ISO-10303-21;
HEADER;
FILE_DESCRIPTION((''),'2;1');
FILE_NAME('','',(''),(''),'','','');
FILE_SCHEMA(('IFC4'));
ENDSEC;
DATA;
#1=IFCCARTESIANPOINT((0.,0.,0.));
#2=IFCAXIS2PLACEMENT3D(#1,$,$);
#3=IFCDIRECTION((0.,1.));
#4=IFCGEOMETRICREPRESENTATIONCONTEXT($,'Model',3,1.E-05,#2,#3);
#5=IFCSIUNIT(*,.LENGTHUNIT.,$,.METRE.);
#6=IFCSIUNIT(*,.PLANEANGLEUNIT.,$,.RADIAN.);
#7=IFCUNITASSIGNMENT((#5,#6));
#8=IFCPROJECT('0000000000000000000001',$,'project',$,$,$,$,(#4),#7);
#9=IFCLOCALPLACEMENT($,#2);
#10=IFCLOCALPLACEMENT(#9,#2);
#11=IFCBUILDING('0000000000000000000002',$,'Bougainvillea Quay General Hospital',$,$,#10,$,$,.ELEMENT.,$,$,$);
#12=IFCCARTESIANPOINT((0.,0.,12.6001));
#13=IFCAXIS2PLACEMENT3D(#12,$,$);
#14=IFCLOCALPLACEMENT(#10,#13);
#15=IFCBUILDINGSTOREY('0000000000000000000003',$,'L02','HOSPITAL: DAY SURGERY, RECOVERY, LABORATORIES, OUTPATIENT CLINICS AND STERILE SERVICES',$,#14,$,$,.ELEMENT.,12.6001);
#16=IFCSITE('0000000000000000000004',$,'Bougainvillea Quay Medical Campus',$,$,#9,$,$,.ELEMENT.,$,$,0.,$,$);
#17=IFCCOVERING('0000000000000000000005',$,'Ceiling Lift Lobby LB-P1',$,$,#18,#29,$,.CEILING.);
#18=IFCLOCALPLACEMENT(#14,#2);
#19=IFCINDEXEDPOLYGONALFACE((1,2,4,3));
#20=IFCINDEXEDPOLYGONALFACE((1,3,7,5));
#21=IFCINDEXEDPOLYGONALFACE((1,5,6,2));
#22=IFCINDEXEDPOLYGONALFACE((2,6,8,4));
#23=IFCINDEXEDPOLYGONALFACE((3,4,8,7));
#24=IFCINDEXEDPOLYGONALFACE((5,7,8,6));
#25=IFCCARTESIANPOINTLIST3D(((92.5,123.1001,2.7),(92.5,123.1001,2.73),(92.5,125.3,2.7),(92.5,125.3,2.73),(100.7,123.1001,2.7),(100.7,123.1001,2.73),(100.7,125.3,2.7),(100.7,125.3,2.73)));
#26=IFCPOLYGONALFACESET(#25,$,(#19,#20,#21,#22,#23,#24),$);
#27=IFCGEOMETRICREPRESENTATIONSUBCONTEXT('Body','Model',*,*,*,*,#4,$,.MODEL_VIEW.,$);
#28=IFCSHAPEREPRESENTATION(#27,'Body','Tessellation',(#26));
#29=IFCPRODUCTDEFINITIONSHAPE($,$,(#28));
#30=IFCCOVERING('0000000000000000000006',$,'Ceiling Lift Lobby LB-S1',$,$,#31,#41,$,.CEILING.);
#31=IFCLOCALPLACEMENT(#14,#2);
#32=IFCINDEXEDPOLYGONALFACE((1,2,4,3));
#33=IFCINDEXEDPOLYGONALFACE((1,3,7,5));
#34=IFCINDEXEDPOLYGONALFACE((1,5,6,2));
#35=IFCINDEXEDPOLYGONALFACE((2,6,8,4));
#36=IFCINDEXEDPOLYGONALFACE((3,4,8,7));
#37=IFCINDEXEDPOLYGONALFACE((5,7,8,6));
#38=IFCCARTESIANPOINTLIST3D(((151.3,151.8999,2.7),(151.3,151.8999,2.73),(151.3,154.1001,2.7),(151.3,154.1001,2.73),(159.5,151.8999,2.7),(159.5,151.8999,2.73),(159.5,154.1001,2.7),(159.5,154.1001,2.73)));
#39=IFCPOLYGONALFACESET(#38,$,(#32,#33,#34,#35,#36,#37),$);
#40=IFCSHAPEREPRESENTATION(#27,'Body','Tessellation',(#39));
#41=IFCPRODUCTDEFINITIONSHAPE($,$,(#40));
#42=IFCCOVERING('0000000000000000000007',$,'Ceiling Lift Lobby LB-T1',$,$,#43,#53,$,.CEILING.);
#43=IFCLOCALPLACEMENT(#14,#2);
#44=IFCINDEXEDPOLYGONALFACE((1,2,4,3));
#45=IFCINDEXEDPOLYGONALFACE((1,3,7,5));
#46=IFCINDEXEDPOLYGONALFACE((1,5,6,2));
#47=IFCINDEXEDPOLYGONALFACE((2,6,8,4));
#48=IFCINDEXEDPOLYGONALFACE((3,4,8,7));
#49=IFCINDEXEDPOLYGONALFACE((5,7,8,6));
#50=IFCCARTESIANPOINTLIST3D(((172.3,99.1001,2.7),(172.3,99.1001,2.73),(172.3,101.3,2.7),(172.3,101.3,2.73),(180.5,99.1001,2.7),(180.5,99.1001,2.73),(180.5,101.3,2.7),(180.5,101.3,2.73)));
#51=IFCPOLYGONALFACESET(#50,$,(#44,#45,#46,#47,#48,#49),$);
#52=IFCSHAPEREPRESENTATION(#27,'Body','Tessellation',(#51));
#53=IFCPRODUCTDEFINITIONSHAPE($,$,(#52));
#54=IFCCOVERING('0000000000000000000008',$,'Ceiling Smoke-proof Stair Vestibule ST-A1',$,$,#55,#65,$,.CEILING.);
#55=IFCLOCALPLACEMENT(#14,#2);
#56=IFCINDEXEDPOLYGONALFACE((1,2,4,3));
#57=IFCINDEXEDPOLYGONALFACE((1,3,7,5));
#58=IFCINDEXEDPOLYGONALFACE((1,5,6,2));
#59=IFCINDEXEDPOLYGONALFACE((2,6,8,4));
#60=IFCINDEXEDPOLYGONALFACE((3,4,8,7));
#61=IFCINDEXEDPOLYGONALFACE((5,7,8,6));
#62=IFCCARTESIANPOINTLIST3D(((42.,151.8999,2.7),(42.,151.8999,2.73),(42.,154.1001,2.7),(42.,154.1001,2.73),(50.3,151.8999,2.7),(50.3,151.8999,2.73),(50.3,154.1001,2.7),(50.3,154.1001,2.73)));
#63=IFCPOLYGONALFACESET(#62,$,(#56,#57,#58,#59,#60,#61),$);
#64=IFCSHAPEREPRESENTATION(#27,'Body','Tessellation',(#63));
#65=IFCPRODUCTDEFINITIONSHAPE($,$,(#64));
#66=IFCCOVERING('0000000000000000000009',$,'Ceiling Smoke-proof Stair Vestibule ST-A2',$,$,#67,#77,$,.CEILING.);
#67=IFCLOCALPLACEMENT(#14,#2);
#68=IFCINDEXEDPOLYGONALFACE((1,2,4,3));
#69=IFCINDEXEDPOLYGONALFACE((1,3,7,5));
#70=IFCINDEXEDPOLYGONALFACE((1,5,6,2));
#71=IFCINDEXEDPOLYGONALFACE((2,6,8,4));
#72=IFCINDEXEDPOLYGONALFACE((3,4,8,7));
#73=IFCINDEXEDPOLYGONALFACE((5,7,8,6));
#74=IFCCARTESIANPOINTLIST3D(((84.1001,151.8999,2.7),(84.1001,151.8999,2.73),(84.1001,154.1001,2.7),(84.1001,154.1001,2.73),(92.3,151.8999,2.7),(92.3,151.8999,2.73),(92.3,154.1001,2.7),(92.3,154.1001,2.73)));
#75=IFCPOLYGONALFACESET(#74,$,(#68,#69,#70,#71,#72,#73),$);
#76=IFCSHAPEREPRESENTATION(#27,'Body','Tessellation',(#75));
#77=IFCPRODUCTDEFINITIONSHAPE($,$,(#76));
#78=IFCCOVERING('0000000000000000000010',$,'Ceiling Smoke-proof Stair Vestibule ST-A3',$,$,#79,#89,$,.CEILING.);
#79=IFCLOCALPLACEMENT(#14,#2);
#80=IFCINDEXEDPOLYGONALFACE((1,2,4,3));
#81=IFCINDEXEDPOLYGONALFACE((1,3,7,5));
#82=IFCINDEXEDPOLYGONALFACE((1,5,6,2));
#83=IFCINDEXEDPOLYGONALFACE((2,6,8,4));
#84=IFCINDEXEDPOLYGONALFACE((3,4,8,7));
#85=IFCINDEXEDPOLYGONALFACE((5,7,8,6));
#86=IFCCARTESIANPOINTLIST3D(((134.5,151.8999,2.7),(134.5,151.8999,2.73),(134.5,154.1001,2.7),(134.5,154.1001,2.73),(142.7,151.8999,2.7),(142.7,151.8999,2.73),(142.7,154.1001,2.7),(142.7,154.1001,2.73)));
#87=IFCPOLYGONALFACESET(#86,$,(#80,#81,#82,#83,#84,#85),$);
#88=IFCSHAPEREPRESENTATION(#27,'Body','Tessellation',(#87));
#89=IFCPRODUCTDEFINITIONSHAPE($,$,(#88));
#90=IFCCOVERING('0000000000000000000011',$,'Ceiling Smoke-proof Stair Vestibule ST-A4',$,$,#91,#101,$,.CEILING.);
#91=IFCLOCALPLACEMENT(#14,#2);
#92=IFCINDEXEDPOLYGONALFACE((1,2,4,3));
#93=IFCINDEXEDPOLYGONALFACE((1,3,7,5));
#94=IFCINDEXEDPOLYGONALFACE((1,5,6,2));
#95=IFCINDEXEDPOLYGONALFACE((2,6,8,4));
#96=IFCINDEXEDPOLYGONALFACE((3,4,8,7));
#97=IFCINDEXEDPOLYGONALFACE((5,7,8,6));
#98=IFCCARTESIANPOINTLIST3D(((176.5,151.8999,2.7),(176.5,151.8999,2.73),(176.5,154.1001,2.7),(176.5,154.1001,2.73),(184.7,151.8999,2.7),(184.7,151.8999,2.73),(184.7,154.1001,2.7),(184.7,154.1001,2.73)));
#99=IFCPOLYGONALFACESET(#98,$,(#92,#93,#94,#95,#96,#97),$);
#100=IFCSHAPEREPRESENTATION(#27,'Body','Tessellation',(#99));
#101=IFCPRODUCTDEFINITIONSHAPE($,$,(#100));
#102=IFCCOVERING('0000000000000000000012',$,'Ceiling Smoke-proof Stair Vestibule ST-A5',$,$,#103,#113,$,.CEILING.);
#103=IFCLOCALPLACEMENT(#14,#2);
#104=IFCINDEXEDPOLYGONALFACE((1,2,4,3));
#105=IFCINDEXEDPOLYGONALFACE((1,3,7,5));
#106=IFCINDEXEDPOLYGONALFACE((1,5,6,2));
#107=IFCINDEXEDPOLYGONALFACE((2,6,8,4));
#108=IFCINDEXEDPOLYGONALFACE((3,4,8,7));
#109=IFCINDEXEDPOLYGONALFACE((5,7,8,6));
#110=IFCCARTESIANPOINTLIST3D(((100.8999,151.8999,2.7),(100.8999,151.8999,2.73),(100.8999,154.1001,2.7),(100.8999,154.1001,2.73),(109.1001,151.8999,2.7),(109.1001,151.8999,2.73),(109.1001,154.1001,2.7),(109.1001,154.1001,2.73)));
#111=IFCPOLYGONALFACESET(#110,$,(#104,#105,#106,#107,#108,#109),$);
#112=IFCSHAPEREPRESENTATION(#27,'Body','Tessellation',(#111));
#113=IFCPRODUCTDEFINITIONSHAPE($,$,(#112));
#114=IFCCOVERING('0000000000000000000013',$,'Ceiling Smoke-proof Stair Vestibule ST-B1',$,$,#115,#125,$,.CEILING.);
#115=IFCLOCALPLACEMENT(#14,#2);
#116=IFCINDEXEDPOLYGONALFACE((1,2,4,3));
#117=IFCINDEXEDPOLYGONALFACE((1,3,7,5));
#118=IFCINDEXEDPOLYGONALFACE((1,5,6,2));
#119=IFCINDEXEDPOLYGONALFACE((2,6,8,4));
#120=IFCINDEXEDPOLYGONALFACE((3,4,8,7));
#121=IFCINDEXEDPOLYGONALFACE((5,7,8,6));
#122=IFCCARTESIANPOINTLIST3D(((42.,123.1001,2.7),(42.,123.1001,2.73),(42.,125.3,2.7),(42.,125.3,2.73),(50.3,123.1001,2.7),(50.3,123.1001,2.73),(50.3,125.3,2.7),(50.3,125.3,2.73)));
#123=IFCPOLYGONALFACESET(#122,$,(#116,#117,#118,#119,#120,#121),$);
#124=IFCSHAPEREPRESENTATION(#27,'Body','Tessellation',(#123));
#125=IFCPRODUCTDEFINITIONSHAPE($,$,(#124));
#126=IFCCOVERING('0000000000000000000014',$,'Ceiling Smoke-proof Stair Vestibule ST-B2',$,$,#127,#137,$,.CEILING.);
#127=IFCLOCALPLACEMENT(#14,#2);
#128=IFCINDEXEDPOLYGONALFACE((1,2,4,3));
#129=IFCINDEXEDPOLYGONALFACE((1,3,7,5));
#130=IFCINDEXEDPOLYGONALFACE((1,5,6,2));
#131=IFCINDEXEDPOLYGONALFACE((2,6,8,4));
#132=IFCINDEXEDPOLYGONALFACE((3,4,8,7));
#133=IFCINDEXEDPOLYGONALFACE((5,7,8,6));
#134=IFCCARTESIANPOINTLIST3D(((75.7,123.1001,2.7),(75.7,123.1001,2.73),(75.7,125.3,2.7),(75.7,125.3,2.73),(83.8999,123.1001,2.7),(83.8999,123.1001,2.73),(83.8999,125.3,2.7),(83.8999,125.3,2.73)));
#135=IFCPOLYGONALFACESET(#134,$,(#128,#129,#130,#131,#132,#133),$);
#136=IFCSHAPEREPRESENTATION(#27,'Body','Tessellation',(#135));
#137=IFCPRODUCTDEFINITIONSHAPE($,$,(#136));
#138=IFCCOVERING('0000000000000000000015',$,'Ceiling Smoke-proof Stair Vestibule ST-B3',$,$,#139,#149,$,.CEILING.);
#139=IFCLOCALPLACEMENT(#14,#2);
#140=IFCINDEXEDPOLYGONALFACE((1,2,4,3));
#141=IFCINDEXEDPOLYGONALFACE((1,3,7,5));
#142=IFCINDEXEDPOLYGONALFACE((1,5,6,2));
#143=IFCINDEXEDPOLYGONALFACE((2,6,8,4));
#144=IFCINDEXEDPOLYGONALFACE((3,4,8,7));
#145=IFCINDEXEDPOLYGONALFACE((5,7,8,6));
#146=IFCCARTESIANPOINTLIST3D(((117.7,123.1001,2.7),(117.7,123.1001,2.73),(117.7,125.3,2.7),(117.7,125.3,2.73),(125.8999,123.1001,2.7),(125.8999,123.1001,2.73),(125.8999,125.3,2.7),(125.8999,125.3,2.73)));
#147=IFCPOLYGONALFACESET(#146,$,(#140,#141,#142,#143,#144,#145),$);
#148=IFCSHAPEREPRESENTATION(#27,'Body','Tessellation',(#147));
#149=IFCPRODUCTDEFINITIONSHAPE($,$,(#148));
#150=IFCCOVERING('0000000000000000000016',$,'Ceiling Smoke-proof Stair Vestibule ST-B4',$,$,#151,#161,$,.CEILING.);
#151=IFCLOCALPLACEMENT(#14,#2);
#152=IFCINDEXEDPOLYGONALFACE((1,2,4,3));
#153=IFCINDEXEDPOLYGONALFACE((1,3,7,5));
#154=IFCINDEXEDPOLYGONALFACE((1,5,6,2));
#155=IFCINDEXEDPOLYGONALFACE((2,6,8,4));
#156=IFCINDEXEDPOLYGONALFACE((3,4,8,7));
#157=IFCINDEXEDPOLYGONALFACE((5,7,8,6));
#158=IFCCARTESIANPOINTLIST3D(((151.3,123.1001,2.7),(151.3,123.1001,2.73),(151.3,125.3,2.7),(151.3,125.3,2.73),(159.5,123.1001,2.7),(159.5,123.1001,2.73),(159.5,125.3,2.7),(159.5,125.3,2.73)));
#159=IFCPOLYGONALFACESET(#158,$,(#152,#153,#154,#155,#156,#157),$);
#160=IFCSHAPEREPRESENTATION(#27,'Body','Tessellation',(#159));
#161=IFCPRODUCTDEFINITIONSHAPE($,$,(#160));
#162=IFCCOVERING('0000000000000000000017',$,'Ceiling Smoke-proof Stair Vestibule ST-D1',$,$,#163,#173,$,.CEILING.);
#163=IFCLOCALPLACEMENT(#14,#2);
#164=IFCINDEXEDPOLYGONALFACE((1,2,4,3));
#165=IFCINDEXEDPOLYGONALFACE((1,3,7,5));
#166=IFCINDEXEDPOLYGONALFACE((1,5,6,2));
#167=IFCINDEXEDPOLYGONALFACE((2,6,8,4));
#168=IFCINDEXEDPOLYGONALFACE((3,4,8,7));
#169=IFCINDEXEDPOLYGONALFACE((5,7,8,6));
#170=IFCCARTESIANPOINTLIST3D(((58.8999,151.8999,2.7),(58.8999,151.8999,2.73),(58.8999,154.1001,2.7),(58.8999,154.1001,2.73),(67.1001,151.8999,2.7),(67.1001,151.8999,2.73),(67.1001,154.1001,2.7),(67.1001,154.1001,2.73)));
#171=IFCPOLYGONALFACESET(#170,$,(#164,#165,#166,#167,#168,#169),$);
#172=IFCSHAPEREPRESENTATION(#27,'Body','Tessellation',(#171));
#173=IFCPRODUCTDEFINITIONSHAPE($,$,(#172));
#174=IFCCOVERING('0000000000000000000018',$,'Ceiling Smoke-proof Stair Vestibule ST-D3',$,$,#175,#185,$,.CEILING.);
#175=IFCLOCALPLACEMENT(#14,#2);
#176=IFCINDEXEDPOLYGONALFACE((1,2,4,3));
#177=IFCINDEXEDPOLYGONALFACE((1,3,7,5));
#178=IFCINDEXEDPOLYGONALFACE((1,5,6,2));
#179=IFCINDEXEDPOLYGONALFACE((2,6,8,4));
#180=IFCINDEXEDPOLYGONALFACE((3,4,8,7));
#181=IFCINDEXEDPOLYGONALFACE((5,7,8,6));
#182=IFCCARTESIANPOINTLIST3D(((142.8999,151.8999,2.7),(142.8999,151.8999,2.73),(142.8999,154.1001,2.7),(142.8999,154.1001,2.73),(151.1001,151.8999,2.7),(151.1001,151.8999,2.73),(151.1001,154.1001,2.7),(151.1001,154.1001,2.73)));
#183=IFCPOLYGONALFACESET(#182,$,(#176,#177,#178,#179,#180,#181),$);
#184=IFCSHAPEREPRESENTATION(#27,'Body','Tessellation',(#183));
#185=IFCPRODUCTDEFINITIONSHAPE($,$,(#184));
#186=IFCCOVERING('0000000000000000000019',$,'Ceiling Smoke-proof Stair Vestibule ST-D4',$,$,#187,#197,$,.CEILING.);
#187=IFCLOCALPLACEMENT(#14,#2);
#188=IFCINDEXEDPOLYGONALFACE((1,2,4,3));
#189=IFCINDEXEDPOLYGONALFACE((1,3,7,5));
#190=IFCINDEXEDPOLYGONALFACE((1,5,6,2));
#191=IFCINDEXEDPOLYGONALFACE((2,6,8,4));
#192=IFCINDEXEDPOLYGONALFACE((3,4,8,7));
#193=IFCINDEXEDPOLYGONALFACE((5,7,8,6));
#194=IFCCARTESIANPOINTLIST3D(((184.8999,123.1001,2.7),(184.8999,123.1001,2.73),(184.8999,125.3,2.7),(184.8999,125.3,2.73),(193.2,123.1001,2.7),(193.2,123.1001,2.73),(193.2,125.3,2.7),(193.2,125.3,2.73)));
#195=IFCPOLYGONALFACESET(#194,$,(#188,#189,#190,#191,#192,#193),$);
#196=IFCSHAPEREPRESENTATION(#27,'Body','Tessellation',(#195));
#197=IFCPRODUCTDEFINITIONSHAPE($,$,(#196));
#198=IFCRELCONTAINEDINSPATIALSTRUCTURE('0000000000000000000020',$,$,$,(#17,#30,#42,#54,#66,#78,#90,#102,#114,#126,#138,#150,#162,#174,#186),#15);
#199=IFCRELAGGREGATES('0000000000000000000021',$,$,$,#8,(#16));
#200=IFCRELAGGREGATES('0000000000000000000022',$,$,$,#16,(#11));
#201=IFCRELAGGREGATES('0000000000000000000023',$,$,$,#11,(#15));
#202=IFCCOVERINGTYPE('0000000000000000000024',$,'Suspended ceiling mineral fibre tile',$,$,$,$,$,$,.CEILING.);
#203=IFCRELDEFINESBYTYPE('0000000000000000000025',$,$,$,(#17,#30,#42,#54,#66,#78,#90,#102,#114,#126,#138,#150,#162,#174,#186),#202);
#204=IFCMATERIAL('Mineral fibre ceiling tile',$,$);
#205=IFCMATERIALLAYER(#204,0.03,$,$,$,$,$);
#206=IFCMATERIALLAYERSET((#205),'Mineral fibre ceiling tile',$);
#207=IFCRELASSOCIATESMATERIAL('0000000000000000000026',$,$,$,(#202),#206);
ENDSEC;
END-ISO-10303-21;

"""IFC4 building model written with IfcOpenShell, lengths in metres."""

from ifc_helpers import new_model, si_unit, direction, frame, origin, place, context, subcontext, project, spatial, polyline, outline, extrude, material, layer, layer_set, type_object, element, save


model = new_model("IFC4")

# Units and contexts
model_context = context("Model", 3, precision=1e-05, world=origin(), true_north=direction((0.0, 1.0)))
body_context = subcontext(model_context, "Body", "Model", "MODEL_VIEW")
ifc_project = project(units=[si_unit("LENGTHUNIT", "METRE"), si_unit("PLANEANGLEUNIT", "RADIAN")], contexts=[model_context])

# Site, building, storey
site_placement = place(None, origin())
site = spatial("IfcSite", under=ifc_project, at=site_placement, Name="Bougainvillea Quay Medical Campus", CompositionType="ELEMENT", RefElevation=0.0)
building_placement = place(site_placement, origin())
building = spatial("IfcBuilding", under=site, at=building_placement, Name="Bougainvillea Quay General Hospital", CompositionType="ELEMENT")
storey_placement = place(building_placement, frame((0.0, 0.0, 12.6001)))
storey = spatial("IfcBuildingStorey", under=building, at=storey_placement, Name="L02", Description="HOSPITAL: DAY SURGERY, RECOVERY, LABORATORIES, OUTPATIENT CLINICS AND STERILE SERVICES", CompositionType="ELEMENT", Elevation=12.6001)

# Coverings
ifc_material = material(Name="Mineral fibre ceiling tile")
ifc_layer = layer(ifc_material, 0.03)
ifc_layer_set = layer_set([ifc_layer], Name="Mineral fibre ceiling tile")
covering_type = type_object("IfcCoveringType", Name="Suspended ceiling mineral fibre tile", PredefinedType="CEILING", material=ifc_layer_set)
covering_1_placement = place(storey_placement, frame((0.0, 0.0, 2.7)))
element("IfcCovering", 1, at=covering_1_placement, inside=storey, type_object=covering_type, Name="Ceiling Lift Lobby LB-P1", PredefinedType="CEILING", context=body_context, shape_type="SweptSolid", body=[
    extrude(outline(polyline([(100.7, 125.3), (92.5, 125.3), (92.5, 123.1001), (100.7, 123.1001), (100.7, 125.3)])), origin(), (0.0, 0.0, 1.0), 0.03),
])
covering_2_placement = place(storey_placement, frame((0.0, 0.0, 2.7)))
element("IfcCovering", 2, at=covering_2_placement, inside=storey, type_object=covering_type, Name="Ceiling Lift Lobby LB-S1", PredefinedType="CEILING", context=body_context, shape_type="SweptSolid", body=[
    extrude(outline(polyline([(151.3, 151.8999), (159.5, 151.8999), (159.5, 154.1001), (151.3, 154.1001), (151.3, 151.8999)])), origin(), (0.0, 0.0, 1.0), 0.03),
])
covering_3_placement = place(storey_placement, frame((0.0, 0.0, 2.7)))
element("IfcCovering", 3, at=covering_3_placement, inside=storey, type_object=covering_type, Name="Ceiling Lift Lobby LB-T1", PredefinedType="CEILING", context=body_context, shape_type="SweptSolid", body=[
    extrude(outline(polyline([(180.5, 99.1001), (180.5, 101.3), (172.3, 101.3), (172.3, 99.1001), (180.5, 99.1001)])), origin(), (0.0, 0.0, 1.0), 0.03),
])
covering_4_placement = place(storey_placement, frame((0.0, 0.0, 2.7)))
element("IfcCovering", 4, at=covering_4_placement, inside=storey, type_object=covering_type, Name="Ceiling Smoke-proof Stair Vestibule ST-A1", PredefinedType="CEILING", context=body_context, shape_type="SweptSolid", body=[
    extrude(outline(polyline([(42.0, 151.8999), (50.3, 151.8999), (50.3, 154.1001), (42.0, 154.1001), (42.0, 151.8999)])), origin(), (0.0, 0.0, 1.0), 0.03),
])
covering_5_placement = place(storey_placement, frame((0.0, 0.0, 2.7)))
element("IfcCovering", 5, at=covering_5_placement, inside=storey, type_object=covering_type, Name="Ceiling Smoke-proof Stair Vestibule ST-A2", PredefinedType="CEILING", context=body_context, shape_type="SweptSolid", body=[
    extrude(outline(polyline([(92.3, 154.1001), (84.1001, 154.1001), (84.1001, 151.8999), (92.3, 151.8999), (92.3, 154.1001)])), origin(), (0.0, 0.0, 1.0), 0.03),
])
covering_6_placement = place(storey_placement, frame((0.0, 0.0, 2.7)))
element("IfcCovering", 6, at=covering_6_placement, inside=storey, type_object=covering_type, Name="Ceiling Smoke-proof Stair Vestibule ST-A3", PredefinedType="CEILING", context=body_context, shape_type="SweptSolid", body=[
    extrude(outline(polyline([(134.5, 151.8999), (142.7, 151.8999), (142.7, 154.1001), (134.5, 154.1001), (134.5, 151.8999)])), origin(), (0.0, 0.0, 1.0), 0.03),
])
covering_7_placement = place(storey_placement, frame((0.0, 0.0, 2.7)))
element("IfcCovering", 7, at=covering_7_placement, inside=storey, type_object=covering_type, Name="Ceiling Smoke-proof Stair Vestibule ST-A4", PredefinedType="CEILING", context=body_context, shape_type="SweptSolid", body=[
    extrude(outline(polyline([(184.7, 151.8999), (184.7, 154.1001), (176.5, 154.1001), (176.5, 151.8999), (184.7, 151.8999)])), origin(), (0.0, 0.0, 1.0), 0.03),
])
covering_8_placement = place(storey_placement, frame((0.0, 0.0, 2.7)))
element("IfcCovering", 8, at=covering_8_placement, inside=storey, type_object=covering_type, Name="Ceiling Smoke-proof Stair Vestibule ST-A5", PredefinedType="CEILING", context=body_context, shape_type="SweptSolid", body=[
    extrude(outline(polyline([(109.1001, 154.1001), (100.8999, 154.1001), (100.8999, 151.8999), (109.1001, 151.8999), (109.1001, 154.1001)])), origin(), (0.0, 0.0, 1.0), 0.03),
])
covering_9_placement = place(storey_placement, frame((0.0, 0.0, 2.7)))
element("IfcCovering", 9, at=covering_9_placement, inside=storey, type_object=covering_type, Name="Ceiling Smoke-proof Stair Vestibule ST-B1", PredefinedType="CEILING", context=body_context, shape_type="SweptSolid", body=[
    extrude(outline(polyline([(42.0, 123.1001), (50.3, 123.1001), (50.3, 125.3), (42.0, 125.3), (42.0, 123.1001)])), origin(), (0.0, 0.0, 1.0), 0.03),
])
covering_10_placement = place(storey_placement, frame((0.0, 0.0, 2.7)))
element("IfcCovering", 10, at=covering_10_placement, inside=storey, type_object=covering_type, Name="Ceiling Smoke-proof Stair Vestibule ST-B2", PredefinedType="CEILING", context=body_context, shape_type="SweptSolid", body=[
    extrude(outline(polyline([(83.8999, 123.1001), (83.8999, 125.3), (75.7, 125.3), (75.7, 123.1001), (83.8999, 123.1001)])), origin(), (0.0, 0.0, 1.0), 0.03),
])
covering_11_placement = place(storey_placement, frame((0.0, 0.0, 2.7)))
element("IfcCovering", 11, at=covering_11_placement, inside=storey, type_object=covering_type, Name="Ceiling Smoke-proof Stair Vestibule ST-B3", PredefinedType="CEILING", context=body_context, shape_type="SweptSolid", body=[
    extrude(outline(polyline([(125.8999, 125.3), (117.7, 125.3), (117.7, 123.1001), (125.8999, 123.1001), (125.8999, 125.3)])), origin(), (0.0, 0.0, 1.0), 0.03),
])
covering_12_placement = place(storey_placement, frame((0.0, 0.0, 2.7)))
element("IfcCovering", 12, at=covering_12_placement, inside=storey, type_object=covering_type, Name="Ceiling Smoke-proof Stair Vestibule ST-B4", PredefinedType="CEILING", context=body_context, shape_type="SweptSolid", body=[
    extrude(outline(polyline([(159.5, 123.1001), (159.5, 125.3), (151.3, 125.3), (151.3, 123.1001), (159.5, 123.1001)])), origin(), (0.0, 0.0, 1.0), 0.03),
])
covering_13_placement = place(storey_placement, frame((0.0, 0.0, 2.7)))
element("IfcCovering", 13, at=covering_13_placement, inside=storey, type_object=covering_type, Name="Ceiling Smoke-proof Stair Vestibule ST-D1", PredefinedType="CEILING", context=body_context, shape_type="SweptSolid", body=[
    extrude(outline(polyline([(67.1001, 151.8999), (67.1001, 154.1001), (58.8999, 154.1001), (58.8999, 151.8999), (67.1001, 151.8999)])), origin(), (0.0, 0.0, 1.0), 0.03),
])
covering_14_placement = place(storey_placement, frame((0.0, 0.0, 2.7)))
element("IfcCovering", 14, at=covering_14_placement, inside=storey, type_object=covering_type, Name="Ceiling Smoke-proof Stair Vestibule ST-D3", PredefinedType="CEILING", context=body_context, shape_type="SweptSolid", body=[
    extrude(outline(polyline([(142.8999, 151.8999), (151.1001, 151.8999), (151.1001, 154.1001), (142.8999, 154.1001), (142.8999, 151.8999)])), origin(), (0.0, 0.0, 1.0), 0.03),
])
covering_15_placement = place(storey_placement, frame((0.0, 0.0, 2.7)))
element("IfcCovering", 15, at=covering_15_placement, inside=storey, type_object=covering_type, Name="Ceiling Smoke-proof Stair Vestibule ST-D4", PredefinedType="CEILING", context=body_context, shape_type="SweptSolid", body=[
    extrude(outline(polyline([(193.2, 125.3), (184.8999, 125.3), (184.8999, 123.1001), (193.2, 123.1001), (193.2, 125.3)])), origin(), (0.0, 0.0, 1.0), 0.03),
])

save(model, "model.ifc")
